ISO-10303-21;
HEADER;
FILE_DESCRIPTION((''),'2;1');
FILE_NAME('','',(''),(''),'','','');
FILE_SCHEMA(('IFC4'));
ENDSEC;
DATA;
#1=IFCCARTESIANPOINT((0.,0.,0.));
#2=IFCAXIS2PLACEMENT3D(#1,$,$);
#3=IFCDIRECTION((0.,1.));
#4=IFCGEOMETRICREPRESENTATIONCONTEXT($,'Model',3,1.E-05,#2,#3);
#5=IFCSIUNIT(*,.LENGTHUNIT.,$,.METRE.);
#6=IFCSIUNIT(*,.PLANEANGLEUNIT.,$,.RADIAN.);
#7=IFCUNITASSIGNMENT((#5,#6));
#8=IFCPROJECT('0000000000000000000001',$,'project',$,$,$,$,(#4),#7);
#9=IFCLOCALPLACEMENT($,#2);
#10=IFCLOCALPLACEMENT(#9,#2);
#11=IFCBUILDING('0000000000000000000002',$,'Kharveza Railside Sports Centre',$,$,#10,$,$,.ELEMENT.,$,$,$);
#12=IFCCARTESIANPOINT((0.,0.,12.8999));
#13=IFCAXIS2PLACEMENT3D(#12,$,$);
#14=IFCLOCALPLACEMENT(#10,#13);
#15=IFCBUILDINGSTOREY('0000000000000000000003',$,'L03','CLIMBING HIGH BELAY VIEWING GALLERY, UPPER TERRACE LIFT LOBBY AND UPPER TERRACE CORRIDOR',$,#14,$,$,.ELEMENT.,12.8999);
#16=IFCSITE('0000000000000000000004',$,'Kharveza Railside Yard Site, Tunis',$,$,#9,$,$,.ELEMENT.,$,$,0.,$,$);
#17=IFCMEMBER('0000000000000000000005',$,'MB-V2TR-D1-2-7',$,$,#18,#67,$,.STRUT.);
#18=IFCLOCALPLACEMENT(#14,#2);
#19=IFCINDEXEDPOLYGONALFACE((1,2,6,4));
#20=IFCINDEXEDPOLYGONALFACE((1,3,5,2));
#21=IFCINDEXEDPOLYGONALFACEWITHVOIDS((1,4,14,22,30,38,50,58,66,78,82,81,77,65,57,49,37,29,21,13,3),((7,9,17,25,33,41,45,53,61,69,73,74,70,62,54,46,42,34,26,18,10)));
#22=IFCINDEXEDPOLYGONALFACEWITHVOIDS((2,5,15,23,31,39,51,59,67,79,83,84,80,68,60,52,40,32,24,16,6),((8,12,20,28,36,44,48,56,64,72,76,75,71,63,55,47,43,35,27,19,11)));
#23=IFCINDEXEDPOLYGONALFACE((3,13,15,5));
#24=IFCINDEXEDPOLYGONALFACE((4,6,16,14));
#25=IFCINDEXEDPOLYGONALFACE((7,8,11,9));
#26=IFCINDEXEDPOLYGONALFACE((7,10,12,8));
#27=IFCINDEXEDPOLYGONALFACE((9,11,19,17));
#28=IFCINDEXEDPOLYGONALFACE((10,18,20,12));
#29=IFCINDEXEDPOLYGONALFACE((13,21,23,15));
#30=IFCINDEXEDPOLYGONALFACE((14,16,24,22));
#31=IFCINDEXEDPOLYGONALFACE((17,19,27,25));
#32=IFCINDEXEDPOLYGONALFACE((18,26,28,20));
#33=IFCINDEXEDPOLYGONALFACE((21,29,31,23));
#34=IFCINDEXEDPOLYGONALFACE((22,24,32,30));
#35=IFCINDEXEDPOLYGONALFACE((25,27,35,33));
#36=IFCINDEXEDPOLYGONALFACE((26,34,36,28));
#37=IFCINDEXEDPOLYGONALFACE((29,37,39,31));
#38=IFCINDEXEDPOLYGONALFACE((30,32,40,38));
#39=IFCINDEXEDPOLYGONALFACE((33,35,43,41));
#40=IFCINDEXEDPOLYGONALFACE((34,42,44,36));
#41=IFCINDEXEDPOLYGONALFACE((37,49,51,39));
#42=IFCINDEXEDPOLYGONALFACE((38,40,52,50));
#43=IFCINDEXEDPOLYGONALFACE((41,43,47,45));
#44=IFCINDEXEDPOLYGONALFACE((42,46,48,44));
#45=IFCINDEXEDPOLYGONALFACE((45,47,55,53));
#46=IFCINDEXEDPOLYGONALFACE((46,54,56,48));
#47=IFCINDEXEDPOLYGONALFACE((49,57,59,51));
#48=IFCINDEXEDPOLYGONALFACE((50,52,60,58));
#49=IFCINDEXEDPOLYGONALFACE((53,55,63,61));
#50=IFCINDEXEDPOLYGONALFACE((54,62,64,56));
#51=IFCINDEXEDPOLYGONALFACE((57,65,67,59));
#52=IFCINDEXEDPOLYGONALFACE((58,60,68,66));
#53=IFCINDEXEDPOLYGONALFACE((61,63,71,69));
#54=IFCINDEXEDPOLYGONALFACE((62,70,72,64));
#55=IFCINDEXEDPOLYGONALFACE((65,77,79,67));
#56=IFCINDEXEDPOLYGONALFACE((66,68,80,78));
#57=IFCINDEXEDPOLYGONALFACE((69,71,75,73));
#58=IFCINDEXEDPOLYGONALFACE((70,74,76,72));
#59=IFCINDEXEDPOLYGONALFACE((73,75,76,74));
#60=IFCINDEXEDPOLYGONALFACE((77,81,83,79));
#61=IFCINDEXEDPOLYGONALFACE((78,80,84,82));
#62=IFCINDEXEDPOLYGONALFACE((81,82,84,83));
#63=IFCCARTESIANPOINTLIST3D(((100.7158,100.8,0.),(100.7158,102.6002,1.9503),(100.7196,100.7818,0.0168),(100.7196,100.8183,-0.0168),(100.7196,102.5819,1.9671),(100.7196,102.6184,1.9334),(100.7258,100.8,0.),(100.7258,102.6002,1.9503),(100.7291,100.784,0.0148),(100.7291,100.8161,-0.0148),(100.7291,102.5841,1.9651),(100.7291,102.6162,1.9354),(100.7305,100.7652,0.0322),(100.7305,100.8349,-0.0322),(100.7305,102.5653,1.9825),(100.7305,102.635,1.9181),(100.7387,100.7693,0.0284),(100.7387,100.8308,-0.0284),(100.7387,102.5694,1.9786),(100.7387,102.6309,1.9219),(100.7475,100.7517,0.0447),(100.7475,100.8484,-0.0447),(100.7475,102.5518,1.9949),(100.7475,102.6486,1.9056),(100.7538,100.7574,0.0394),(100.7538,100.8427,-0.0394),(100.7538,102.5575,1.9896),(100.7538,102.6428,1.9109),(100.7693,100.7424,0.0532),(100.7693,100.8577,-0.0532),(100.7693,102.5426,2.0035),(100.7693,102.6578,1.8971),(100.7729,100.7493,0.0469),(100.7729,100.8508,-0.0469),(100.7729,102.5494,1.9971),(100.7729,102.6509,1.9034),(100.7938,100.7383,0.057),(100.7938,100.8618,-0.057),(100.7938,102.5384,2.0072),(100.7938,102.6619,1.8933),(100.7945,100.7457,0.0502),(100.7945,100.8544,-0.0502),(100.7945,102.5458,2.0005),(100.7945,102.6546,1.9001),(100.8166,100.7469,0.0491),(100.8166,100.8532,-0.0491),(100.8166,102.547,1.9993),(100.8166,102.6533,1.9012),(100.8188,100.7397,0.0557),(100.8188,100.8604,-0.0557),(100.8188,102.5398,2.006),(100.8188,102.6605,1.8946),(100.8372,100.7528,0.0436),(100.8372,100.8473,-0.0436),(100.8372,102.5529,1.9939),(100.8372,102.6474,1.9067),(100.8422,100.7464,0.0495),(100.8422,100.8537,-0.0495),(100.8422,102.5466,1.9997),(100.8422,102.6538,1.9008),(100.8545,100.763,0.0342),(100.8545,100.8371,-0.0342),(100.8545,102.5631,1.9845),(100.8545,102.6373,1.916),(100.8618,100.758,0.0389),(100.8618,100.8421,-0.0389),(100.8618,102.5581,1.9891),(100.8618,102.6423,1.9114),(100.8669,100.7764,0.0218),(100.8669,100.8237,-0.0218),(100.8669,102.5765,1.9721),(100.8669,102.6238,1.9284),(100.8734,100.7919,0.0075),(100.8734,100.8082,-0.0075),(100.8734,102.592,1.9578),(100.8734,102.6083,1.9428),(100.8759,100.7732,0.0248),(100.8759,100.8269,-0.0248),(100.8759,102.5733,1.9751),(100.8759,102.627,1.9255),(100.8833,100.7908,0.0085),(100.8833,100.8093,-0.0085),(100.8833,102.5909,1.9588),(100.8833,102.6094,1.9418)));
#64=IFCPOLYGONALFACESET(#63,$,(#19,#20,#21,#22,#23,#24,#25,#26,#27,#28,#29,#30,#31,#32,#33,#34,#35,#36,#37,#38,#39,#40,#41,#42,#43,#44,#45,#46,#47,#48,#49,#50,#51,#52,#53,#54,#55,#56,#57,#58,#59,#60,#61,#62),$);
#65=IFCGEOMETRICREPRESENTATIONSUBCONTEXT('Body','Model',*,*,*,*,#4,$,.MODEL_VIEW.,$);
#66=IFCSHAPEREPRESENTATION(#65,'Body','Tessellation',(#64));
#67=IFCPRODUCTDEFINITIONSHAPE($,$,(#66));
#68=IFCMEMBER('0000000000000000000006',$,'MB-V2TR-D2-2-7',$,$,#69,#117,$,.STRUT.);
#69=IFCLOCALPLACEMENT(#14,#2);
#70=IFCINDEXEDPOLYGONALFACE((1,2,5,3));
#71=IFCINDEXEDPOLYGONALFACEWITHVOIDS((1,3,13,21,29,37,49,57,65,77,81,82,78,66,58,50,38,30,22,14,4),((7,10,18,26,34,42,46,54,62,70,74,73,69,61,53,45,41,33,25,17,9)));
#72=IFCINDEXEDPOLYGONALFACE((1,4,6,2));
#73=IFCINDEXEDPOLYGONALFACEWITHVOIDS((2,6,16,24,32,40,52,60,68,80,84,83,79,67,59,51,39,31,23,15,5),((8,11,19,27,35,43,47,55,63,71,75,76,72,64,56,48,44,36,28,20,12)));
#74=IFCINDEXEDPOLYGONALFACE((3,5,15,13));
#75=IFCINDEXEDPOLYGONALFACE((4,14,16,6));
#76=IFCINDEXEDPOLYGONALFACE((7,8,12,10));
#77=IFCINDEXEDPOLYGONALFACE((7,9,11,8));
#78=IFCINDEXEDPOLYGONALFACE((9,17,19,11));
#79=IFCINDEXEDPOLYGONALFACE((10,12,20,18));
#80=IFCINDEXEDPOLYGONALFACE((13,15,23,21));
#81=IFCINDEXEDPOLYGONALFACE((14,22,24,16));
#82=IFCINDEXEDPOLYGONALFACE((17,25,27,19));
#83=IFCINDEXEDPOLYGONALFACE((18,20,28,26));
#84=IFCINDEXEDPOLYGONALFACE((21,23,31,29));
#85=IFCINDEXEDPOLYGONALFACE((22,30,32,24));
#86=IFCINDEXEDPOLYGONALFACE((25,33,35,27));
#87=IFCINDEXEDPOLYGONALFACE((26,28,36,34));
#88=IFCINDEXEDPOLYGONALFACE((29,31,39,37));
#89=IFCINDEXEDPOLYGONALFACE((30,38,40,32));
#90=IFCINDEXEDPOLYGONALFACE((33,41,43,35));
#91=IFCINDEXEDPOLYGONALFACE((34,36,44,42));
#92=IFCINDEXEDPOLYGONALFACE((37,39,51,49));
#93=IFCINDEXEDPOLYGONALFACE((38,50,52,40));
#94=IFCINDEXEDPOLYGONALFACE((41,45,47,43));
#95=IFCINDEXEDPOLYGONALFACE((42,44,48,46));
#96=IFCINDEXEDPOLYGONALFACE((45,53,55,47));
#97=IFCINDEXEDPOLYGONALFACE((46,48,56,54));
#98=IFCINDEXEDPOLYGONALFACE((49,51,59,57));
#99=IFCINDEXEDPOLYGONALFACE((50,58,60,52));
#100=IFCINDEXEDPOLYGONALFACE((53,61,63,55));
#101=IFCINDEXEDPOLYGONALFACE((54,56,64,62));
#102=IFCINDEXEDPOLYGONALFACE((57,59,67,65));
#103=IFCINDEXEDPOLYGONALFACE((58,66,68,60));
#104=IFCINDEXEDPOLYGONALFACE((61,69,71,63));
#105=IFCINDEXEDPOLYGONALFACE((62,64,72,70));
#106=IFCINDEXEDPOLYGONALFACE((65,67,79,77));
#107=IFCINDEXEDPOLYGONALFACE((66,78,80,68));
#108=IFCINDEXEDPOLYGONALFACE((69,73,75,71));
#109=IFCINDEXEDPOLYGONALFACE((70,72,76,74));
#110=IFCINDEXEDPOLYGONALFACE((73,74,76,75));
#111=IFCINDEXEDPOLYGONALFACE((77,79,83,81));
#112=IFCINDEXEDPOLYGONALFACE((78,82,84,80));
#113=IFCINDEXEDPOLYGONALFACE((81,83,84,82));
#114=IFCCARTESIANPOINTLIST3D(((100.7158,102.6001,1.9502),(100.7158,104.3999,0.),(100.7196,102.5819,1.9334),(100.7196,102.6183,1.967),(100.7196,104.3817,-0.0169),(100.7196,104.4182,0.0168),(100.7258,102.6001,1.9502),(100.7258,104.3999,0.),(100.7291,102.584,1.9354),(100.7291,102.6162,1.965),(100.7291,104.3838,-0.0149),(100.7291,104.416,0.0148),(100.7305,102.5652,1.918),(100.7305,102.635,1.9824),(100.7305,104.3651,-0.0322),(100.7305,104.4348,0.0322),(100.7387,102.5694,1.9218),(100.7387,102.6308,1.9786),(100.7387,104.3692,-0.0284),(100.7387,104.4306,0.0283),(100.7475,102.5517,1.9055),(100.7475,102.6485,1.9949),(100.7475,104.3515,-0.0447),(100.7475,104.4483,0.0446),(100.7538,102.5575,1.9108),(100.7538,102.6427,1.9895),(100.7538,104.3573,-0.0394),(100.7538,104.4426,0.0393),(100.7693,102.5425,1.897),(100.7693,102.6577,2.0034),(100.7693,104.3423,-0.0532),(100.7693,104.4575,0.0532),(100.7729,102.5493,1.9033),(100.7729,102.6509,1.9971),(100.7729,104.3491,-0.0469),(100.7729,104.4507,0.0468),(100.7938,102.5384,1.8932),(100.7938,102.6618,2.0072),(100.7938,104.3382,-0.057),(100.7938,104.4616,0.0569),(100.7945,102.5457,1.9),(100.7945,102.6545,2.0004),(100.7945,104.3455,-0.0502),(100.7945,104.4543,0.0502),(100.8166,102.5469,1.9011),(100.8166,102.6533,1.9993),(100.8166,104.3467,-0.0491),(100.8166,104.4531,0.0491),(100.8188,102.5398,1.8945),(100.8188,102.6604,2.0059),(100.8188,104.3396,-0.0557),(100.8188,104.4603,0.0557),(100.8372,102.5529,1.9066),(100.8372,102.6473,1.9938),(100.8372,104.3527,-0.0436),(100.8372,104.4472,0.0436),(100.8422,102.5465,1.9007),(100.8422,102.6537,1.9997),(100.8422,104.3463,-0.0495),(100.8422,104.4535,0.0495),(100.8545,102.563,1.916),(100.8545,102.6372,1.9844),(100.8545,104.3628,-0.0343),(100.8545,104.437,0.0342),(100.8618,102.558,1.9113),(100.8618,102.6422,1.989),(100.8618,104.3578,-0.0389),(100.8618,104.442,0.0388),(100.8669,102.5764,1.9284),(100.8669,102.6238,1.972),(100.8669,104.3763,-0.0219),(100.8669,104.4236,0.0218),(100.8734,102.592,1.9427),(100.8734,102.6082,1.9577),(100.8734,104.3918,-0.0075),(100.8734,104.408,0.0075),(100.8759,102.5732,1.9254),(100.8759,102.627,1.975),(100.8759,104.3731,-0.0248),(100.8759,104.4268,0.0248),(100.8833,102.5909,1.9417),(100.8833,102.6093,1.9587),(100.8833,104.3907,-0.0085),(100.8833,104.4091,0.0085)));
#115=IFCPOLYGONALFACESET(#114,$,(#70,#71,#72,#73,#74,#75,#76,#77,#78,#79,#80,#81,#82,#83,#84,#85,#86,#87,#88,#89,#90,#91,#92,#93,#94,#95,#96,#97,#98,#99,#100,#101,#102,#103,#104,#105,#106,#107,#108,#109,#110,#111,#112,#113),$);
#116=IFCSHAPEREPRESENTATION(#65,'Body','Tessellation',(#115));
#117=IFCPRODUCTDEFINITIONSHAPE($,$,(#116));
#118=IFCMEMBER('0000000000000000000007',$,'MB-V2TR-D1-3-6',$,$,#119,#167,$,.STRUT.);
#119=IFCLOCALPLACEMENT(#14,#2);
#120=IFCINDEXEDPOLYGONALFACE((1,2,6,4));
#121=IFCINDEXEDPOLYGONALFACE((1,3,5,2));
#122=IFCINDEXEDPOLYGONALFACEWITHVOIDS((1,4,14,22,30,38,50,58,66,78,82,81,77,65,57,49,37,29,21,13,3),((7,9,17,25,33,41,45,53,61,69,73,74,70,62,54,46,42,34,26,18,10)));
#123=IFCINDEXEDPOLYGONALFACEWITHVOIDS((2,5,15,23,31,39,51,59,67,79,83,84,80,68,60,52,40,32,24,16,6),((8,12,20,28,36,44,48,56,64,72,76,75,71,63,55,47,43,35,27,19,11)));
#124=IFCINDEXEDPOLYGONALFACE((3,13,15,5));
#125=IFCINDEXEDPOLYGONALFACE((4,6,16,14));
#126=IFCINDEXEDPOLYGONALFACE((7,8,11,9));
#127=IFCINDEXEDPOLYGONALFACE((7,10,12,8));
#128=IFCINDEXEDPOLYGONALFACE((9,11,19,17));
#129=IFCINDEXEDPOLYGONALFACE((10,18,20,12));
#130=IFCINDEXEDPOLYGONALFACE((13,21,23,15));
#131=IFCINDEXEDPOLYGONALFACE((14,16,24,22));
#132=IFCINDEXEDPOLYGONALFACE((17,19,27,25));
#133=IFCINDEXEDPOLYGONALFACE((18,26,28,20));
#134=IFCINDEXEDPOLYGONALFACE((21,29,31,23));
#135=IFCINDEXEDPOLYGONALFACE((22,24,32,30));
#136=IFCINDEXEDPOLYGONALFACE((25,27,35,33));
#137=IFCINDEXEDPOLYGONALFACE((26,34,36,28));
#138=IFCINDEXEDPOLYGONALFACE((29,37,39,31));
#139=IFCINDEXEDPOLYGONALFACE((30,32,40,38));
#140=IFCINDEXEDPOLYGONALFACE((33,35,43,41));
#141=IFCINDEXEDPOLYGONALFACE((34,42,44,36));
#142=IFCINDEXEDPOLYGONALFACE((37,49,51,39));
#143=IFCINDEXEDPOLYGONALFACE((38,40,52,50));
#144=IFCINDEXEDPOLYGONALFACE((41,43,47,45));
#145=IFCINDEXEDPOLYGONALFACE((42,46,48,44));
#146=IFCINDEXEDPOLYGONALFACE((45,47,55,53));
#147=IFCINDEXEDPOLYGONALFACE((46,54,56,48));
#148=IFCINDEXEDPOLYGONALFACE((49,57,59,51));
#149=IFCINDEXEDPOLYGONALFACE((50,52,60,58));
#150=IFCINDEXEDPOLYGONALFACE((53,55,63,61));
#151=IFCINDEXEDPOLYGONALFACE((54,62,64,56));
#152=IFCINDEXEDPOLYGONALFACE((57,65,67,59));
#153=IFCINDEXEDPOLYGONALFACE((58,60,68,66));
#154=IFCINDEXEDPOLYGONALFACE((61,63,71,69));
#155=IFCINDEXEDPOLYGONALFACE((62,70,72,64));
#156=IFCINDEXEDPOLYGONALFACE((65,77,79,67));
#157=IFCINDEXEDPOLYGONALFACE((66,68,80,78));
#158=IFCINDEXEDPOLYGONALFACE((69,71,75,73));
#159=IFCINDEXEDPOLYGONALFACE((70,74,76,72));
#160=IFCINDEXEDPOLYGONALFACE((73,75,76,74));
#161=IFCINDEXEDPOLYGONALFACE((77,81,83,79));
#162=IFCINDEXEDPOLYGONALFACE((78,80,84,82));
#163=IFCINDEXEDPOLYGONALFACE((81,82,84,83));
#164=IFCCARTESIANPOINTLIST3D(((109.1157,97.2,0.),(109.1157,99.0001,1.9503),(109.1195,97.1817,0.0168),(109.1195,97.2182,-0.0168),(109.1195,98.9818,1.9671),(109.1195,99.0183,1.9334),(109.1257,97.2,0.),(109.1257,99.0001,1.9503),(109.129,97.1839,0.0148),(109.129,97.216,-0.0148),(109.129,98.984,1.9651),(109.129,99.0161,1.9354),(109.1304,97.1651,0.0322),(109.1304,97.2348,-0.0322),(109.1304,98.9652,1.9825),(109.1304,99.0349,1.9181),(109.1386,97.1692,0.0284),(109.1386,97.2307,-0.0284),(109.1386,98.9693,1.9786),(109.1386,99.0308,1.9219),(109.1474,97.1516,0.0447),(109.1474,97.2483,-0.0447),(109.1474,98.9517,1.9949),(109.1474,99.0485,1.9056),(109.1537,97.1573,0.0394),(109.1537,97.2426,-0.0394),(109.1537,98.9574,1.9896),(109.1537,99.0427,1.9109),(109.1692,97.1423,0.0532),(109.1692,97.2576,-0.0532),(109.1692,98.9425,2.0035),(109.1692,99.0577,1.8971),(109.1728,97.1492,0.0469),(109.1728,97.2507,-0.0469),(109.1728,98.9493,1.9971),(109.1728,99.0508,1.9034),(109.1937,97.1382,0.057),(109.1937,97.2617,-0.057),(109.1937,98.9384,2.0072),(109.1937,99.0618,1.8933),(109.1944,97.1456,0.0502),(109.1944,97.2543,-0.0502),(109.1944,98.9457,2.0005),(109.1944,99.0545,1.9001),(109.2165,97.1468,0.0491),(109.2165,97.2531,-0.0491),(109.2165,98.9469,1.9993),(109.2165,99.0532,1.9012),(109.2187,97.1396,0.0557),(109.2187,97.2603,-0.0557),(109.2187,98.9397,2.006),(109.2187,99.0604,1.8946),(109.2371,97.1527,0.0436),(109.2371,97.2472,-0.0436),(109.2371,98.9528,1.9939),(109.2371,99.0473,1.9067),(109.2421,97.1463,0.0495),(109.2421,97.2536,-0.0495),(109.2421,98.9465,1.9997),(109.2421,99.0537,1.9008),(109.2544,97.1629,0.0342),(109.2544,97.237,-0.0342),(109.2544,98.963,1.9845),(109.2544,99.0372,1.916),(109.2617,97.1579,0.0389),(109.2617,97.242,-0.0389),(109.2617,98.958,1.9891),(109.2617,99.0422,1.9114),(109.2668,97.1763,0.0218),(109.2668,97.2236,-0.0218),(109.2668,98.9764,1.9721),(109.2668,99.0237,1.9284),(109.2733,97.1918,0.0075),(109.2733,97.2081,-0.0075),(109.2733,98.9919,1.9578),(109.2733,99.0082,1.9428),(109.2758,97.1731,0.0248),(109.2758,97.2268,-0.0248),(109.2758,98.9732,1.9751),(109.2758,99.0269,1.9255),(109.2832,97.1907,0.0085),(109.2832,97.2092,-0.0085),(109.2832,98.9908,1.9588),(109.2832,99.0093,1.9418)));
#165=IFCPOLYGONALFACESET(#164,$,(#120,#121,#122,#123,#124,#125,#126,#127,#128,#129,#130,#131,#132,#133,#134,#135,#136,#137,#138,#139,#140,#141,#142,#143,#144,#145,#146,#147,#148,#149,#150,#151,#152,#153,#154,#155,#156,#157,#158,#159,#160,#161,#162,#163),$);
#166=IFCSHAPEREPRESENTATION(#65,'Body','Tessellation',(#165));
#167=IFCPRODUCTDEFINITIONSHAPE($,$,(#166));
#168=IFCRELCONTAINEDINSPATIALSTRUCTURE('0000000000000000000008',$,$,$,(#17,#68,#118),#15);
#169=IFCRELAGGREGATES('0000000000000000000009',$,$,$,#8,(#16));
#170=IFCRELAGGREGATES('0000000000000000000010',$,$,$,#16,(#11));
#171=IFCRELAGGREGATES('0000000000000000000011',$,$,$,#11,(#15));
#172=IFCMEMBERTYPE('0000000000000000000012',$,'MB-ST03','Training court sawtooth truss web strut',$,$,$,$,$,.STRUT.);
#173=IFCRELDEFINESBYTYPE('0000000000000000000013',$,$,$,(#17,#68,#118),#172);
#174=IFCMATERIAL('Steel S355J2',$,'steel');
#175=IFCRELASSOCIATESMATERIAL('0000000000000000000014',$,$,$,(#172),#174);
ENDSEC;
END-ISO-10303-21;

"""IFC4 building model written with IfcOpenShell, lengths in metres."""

from ifc_helpers import new_model, si_unit, direction, frame, origin, origin_2d, place, context, subcontext, project, spatial, hollow_circle, extrude, material, material_profile, profile_set, type_object, element, save


model = new_model("IFC4")

# Units and contexts
model_context = context("Model", 3, precision=1e-05, world=origin(), true_north=direction((0.0, 1.0)))
body_context = subcontext(model_context, "Body", "Model", "MODEL_VIEW")
ifc_project = project(units=[si_unit("LENGTHUNIT", "METRE"), si_unit("PLANEANGLEUNIT", "RADIAN")], contexts=[model_context])

# Site, building, storey
site_placement = place(None, origin())
site = spatial("IfcSite", under=ifc_project, at=site_placement, Name="Kharveza Railside Yard Site, Tunis", CompositionType="ELEMENT", RefElevation=0.0)
building_placement = place(site_placement, origin())
building = spatial("IfcBuilding", under=site, at=building_placement, Name="Kharveza Railside Sports Centre", CompositionType="ELEMENT")
storey_placement = place(building_placement, frame((0.0, 0.0, 12.8999)))
storey = spatial("IfcBuildingStorey", under=building, at=storey_placement, Name="L03", Description="CLIMBING HIGH BELAY VIEWING GALLERY, UPPER TERRACE LIFT LOBBY AND UPPER TERRACE CORRIDOR", CompositionType="ELEMENT", Elevation=12.8999)

# Shared definitions
ifc_material_1 = material(Name="Steel S355J2", Category="steel")

# Members
ifc_material_profile_1 = material_profile(ifc_material_1, hollow_circle(Radius=0.0842, WallThickness=0.01, at=origin_2d()), Name="CHS 168.3x10.0")
ifc_profile_set_1 = profile_set([ifc_material_profile_1], Name="Steel S355J2")
member_type_1 = type_object("IfcMemberType", Name="MB-ST03", Description="Training court sawtooth truss web strut", PredefinedType="STRUT", material=ifc_profile_set_1)
member_1_placement = place(storey_placement, frame((100.8, 100.8, 0.0), z_axis=(0.0, 0.678253, 0.734828), x_axis=(-1.0, 0.0, 0.0)))
element("IfcMember", 1, at=member_1_placement, inside=storey, type_object=member_type_1, Name="MB-V2TR-D1-2-7", PredefinedType="STRUT", context=body_context, shape_type="SweptSolid", body=[
    extrude(hollow_circle(Radius=0.0842, WallThickness=0.01, at=origin_2d()), origin(), (0.0, 0.0, 1.0), 2.6541),
])
member_2_placement = place(storey_placement, frame((100.8, 102.6001, 1.9502), z_axis=(0.0, 0.678204, -0.734874), x_axis=(-1.0, 0.0, 0.0)))
element("IfcMember", 2, at=member_2_placement, inside=storey, type_object=member_type_1, Name="MB-V2TR-D2-2-7", PredefinedType="STRUT", context=body_context, shape_type="SweptSolid", body=[
    extrude(hollow_circle(Radius=0.0842, WallThickness=0.01, at=origin_2d()), origin(), (0.0, 0.0, 1.0), 2.6538),
])
for number, where, z_axis, x_axis, name in (
    (3, (109.2, 97.2, 0.0), (0.0, 0.678253, 0.734828), (-1.0, 0.0, 0.0), "MB-V2TR-D1-3-6"),
):
    element("IfcMember", number, at=place(storey_placement, frame(where, z_axis=z_axis, x_axis=x_axis)), inside=storey, type_object=member_type_1, Name=name, PredefinedType="STRUT", context=body_context, shape_type="SweptSolid", body=[
        extrude(hollow_circle(Radius=0.0842, WallThickness=0.01, at=origin_2d()), origin(), (0.0, 0.0, 1.0), 2.6541),
    ])

save(model, "model.ifc")
